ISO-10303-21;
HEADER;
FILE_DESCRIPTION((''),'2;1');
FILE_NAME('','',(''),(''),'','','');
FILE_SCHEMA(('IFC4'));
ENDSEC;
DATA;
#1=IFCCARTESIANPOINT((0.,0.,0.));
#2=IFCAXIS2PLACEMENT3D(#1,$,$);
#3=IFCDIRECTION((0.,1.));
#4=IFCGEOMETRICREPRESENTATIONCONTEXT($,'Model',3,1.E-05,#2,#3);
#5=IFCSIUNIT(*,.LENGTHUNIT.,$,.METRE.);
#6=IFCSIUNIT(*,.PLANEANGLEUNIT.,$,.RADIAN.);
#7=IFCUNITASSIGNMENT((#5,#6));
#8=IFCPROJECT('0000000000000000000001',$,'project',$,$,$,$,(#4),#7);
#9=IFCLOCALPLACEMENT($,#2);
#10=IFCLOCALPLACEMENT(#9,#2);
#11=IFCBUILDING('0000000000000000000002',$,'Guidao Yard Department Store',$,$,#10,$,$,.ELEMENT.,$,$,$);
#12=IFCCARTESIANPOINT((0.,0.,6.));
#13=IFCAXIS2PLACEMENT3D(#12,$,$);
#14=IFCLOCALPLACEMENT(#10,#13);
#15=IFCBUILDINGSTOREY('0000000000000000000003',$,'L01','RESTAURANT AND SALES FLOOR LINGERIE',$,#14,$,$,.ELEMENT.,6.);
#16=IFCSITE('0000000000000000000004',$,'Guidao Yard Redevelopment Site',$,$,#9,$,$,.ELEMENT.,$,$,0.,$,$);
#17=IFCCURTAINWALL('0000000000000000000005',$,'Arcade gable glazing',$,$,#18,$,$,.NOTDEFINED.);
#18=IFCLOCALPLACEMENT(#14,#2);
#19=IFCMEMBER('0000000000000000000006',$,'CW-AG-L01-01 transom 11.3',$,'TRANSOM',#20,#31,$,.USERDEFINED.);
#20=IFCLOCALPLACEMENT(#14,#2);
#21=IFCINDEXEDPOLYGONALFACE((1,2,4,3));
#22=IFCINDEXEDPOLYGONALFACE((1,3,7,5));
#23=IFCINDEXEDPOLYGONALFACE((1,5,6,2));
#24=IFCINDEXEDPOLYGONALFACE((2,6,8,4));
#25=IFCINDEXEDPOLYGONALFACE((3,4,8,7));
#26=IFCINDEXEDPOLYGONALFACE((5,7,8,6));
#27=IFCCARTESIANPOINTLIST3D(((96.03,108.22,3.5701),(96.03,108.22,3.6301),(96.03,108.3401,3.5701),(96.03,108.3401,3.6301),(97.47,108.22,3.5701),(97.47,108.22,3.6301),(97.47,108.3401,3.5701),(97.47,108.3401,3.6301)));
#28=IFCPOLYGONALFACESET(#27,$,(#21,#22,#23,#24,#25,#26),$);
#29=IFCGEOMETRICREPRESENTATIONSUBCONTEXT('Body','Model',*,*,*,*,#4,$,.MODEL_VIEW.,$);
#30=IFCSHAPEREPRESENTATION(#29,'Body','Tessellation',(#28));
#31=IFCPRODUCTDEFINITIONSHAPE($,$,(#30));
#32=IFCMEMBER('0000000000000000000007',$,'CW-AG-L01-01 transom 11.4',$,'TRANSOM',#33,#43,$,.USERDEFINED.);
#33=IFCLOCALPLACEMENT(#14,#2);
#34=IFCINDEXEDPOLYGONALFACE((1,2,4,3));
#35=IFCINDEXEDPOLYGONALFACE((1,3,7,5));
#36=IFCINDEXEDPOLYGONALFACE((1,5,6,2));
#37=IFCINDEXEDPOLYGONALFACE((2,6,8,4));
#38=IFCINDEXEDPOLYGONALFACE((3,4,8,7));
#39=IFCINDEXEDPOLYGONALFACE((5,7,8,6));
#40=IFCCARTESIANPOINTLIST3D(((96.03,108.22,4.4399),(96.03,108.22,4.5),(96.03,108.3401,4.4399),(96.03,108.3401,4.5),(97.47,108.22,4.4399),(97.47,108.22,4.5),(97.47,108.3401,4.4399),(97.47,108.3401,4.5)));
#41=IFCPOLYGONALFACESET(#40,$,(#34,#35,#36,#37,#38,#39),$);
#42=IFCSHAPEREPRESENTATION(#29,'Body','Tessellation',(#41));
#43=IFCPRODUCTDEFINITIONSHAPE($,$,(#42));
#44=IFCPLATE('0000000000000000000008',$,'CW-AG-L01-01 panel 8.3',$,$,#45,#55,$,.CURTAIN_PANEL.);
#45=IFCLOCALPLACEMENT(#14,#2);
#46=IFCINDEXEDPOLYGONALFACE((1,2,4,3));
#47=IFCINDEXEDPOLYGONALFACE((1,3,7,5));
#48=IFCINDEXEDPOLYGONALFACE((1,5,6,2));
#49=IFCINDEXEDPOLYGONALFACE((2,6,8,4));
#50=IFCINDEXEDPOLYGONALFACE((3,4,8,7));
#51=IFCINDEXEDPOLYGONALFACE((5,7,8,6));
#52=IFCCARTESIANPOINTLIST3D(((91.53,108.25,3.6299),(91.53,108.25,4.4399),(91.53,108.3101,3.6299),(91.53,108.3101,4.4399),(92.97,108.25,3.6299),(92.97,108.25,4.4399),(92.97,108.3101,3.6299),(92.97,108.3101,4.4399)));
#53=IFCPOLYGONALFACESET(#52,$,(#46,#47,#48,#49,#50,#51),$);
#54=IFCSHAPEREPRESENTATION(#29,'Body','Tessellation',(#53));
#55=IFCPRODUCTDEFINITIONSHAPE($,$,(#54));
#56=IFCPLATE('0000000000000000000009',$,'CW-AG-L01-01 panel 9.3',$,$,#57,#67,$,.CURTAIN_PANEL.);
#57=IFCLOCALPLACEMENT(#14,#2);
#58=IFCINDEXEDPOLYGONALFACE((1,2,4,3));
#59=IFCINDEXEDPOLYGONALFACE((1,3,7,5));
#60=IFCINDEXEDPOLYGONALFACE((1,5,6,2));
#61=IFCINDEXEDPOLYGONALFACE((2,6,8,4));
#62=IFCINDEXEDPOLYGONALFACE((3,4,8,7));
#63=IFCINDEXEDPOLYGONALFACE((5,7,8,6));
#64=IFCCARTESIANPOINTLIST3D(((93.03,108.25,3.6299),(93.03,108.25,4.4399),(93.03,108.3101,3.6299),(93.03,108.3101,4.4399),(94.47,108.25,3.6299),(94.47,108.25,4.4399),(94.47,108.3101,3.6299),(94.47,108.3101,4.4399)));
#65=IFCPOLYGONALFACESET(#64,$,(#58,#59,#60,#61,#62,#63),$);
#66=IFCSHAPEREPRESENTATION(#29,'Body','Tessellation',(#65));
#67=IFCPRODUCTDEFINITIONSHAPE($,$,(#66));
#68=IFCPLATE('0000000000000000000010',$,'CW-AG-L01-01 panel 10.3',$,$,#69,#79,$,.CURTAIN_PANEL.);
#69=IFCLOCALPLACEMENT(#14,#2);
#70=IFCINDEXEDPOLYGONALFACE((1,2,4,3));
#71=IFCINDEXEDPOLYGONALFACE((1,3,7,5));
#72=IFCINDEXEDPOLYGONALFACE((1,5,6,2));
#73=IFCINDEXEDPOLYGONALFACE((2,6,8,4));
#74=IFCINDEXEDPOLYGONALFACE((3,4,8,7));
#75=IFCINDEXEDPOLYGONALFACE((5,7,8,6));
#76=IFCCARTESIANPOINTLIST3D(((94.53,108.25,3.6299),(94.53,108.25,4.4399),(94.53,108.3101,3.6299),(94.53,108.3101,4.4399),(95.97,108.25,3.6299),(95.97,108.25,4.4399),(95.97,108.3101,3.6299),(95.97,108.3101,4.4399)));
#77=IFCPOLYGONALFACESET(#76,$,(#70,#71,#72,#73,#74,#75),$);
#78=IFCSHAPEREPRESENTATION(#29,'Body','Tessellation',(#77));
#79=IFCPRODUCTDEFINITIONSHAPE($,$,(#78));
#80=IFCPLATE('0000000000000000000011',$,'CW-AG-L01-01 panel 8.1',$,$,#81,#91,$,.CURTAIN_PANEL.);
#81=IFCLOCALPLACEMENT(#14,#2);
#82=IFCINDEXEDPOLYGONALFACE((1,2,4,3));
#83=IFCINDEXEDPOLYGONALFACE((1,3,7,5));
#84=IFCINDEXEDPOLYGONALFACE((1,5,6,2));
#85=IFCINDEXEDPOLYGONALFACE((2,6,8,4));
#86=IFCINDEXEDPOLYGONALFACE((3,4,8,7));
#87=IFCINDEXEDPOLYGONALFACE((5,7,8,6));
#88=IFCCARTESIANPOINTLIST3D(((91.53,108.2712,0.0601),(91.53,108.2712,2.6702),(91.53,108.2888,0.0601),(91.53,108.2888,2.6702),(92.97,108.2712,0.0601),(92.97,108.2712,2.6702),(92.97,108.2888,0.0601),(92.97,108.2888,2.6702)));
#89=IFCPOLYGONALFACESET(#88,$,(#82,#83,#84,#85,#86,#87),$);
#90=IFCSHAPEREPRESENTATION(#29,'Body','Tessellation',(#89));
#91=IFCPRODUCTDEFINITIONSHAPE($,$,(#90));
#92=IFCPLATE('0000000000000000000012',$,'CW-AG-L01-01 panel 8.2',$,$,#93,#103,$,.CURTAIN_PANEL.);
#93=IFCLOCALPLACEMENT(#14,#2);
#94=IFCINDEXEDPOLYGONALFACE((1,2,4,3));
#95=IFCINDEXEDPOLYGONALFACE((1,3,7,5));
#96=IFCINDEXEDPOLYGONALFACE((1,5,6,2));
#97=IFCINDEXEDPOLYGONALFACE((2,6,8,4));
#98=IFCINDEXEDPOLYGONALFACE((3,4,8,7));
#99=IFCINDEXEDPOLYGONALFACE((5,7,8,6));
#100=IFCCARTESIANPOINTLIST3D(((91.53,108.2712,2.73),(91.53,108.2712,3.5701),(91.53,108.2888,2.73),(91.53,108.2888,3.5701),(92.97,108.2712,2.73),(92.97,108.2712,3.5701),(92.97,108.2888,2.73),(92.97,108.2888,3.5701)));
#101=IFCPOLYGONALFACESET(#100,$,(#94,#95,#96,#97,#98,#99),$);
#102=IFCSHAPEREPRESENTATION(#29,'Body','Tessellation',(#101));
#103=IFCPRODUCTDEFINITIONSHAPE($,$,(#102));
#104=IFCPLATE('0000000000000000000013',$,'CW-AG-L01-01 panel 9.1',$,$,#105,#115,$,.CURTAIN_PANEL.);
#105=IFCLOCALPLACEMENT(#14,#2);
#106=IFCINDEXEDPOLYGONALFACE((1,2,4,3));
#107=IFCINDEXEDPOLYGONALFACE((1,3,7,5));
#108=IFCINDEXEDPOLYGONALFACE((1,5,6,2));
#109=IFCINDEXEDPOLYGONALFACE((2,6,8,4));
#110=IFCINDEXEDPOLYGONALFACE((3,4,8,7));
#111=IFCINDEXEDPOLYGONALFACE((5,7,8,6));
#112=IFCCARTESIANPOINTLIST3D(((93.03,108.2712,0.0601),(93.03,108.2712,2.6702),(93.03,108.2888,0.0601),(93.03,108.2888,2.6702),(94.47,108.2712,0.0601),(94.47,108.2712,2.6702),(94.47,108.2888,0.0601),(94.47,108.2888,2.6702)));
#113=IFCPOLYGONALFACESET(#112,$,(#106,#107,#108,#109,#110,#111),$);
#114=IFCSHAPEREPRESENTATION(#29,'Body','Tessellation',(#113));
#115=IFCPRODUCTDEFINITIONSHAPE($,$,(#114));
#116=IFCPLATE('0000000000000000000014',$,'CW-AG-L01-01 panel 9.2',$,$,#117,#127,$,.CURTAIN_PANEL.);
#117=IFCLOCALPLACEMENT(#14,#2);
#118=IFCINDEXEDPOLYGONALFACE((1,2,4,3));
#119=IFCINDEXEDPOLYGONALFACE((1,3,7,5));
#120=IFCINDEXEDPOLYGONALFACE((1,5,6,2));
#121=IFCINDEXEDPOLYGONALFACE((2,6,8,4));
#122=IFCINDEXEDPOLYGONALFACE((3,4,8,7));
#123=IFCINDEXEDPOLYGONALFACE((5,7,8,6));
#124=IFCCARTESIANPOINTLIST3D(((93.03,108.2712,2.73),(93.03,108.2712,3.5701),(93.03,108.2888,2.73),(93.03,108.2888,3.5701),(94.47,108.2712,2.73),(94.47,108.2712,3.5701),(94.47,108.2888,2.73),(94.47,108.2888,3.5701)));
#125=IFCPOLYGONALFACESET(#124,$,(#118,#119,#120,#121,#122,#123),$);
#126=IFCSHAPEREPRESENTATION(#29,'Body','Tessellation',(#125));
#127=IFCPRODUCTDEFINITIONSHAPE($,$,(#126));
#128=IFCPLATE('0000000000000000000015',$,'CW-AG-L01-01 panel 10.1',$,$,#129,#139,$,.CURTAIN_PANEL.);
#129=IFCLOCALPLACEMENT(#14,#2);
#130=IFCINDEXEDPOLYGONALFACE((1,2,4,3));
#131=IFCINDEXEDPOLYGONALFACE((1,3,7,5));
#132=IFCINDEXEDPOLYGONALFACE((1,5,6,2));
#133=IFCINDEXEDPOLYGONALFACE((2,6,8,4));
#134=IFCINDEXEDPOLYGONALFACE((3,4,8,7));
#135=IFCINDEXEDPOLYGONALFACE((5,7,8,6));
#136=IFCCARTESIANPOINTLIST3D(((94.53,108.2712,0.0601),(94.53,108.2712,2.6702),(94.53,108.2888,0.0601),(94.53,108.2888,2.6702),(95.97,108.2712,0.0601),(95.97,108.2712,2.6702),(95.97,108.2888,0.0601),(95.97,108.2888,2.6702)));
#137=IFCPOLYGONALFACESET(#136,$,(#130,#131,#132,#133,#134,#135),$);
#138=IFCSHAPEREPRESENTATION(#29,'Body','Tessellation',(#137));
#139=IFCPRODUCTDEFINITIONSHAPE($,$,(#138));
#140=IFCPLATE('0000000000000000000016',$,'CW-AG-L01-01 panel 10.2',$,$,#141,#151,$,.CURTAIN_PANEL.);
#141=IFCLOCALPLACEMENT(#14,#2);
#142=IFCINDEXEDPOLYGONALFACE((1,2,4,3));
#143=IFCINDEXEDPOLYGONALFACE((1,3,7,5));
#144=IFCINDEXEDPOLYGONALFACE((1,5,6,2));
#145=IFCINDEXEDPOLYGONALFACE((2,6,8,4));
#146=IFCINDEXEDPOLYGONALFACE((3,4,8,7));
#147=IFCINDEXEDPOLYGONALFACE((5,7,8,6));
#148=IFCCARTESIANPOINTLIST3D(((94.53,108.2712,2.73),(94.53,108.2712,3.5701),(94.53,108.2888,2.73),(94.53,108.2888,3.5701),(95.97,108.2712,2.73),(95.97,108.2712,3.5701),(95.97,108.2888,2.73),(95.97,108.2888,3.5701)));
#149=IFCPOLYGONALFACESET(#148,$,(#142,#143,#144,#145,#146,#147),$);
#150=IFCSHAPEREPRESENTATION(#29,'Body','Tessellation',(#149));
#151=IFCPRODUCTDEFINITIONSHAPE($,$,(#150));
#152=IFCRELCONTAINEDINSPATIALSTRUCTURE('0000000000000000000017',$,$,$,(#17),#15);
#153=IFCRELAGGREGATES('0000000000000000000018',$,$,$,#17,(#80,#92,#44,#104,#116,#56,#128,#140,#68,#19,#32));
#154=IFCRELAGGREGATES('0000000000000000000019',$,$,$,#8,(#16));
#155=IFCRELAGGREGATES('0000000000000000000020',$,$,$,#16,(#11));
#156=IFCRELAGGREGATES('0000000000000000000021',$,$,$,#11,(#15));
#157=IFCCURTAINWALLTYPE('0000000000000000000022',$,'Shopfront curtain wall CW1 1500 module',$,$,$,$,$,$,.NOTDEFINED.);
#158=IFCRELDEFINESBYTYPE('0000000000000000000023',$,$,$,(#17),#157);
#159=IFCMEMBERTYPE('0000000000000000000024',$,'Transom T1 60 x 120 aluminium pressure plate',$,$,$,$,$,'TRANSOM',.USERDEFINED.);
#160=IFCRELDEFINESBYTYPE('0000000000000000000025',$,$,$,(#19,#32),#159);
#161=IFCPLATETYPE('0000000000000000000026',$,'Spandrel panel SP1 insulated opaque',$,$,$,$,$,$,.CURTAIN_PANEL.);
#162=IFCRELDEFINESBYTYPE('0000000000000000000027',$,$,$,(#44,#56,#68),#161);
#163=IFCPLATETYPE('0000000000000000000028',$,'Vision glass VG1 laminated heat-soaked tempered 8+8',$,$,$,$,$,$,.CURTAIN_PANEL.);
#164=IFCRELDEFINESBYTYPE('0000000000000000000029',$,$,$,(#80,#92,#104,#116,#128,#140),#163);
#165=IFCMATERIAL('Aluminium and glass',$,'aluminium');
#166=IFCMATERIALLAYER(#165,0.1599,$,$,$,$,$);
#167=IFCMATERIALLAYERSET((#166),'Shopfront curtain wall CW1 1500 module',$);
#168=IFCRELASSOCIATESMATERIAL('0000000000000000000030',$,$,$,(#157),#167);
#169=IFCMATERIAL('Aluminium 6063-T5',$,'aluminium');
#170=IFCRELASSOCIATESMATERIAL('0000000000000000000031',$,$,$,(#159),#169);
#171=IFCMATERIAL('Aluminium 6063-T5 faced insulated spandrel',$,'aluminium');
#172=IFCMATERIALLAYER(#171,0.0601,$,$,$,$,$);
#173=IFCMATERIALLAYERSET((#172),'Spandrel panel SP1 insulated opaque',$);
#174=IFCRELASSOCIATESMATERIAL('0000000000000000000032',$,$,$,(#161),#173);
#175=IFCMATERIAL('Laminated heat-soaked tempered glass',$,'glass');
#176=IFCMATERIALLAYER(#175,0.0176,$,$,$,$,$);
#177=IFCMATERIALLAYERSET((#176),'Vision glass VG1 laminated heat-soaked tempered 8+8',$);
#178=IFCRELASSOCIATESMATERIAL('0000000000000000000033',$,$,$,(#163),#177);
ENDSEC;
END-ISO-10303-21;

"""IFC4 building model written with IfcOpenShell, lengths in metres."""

from ifc_helpers import new_model, si_unit, direction, frame, origin, origin_2d, place, context, subcontext, project, spatial, rectangle, extrude, material, layer, layer_set, material_profile, profile_set, type_object, element, aggregate, save


model = new_model("IFC4")

# Units and contexts
model_context = context("Model", 3, precision=1e-05, world=origin(), true_north=direction((0.0, 1.0)))
body_context = subcontext(model_context, "Body", "Model", "MODEL_VIEW")
ifc_project = project(units=[si_unit("LENGTHUNIT", "METRE"), si_unit("PLANEANGLEUNIT", "RADIAN")], contexts=[model_context])

# Site, building, storey
site_placement = place(None, origin())
site = spatial("IfcSite", under=ifc_project, at=site_placement, Name="Guidao Yard Redevelopment Site", CompositionType="ELEMENT", RefElevation=0.0)
building_placement = place(site_placement, origin())
building = spatial("IfcBuilding", under=site, at=building_placement, Name="Guidao Yard Department Store", CompositionType="ELEMENT")
storey_placement = place(building_placement, frame((0.0, 0.0, 6.0)))
storey = spatial("IfcBuildingStorey", under=building, at=storey_placement, Name="L01", Description="RESTAURANT AND SALES FLOOR LINGERIE", CompositionType="ELEMENT", Elevation=6.0)

# Curtain wall, members, plates
ifc_material_1 = material(Name="Aluminium and glass", Category="aluminium")
ifc_layer_1 = layer(ifc_material_1, 0.1599)
ifc_layer_set_1 = layer_set([ifc_layer_1], Name="Shopfront curtain wall CW1 1500 module")
curtain_wall_type = type_object("IfcCurtainWallType", Name="Shopfront curtain wall CW1 1500 module", PredefinedType="NOTDEFINED", material=ifc_layer_set_1)
curtain_wall_placement = place(storey_placement, origin())
curtain_wall = element("IfcCurtainWall", 1, at=curtain_wall_placement, inside=storey, type_object=curtain_wall_type, Name="Arcade gable glazing", PredefinedType="NOTDEFINED")
ifc_material_2 = material(Name="Aluminium 6063-T5", Category="aluminium")
ifc_material_profile_1 = material_profile(ifc_material_2, rectangle(XDim=0.1201, YDim=0.0601, at=origin_2d()), Name="Transom T1 60 x 120 aluminium pressure plate")
ifc_profile_set_1 = profile_set([ifc_material_profile_1], Name="Aluminium 6063-T5")
member_type_1 = type_object("IfcMemberType", Name="Transom T1 60 x 120 aluminium pressure plate", ElementType="TRANSOM", PredefinedType="USERDEFINED", material=ifc_profile_set_1)
member_1_placement = place(storey_placement, frame((96.03, 108.28, 3.6001), z_axis=(1.0, 0.0, 0.0), x_axis=(0.0, 1.0, 0.0)))
member_1 = element("IfcMember", 2, at=member_1_placement, type_object=member_type_1, Name="CW-AG-L01-01 transom 11.3", ObjectType="TRANSOM", PredefinedType="USERDEFINED", context=body_context, shape_type="SweptSolid", body=[
    extrude(rectangle(XDim=0.1201, YDim=0.0601, at=origin_2d()), origin(), (0.0, 0.0, 1.0), 1.4399),
])
member_2_placement = place(storey_placement, frame((96.03, 108.28, 4.47), z_axis=(1.0, 0.0, 0.0), x_axis=(0.0, 1.0, 0.0)))
member_2 = element("IfcMember", 3, at=member_2_placement, type_object=member_type_1, Name="CW-AG-L01-01 transom 11.4", ObjectType="TRANSOM", PredefinedType="USERDEFINED", context=body_context, shape_type="SweptSolid", body=[
    extrude(rectangle(XDim=0.1201, YDim=0.0601, at=origin_2d()), origin(), (0.0, 0.0, 1.0), 1.4399),
])
ifc_material_3 = material(Name="Aluminium 6063-T5 faced insulated spandrel", Category="aluminium")
ifc_layer_2 = layer(ifc_material_3, 0.0601)
ifc_layer_set_2 = layer_set([ifc_layer_2], Name="Spandrel panel SP1 insulated opaque")
plate_type_1 = type_object("IfcPlateType", Name="Spandrel panel SP1 insulated opaque", PredefinedType="CURTAIN_PANEL", material=ifc_layer_set_2)
plate_1_placement = place(storey_placement, frame((92.25, 108.28, 3.6299), z_axis=(0.0, 0.0, 1.0), x_axis=(1.0, 0.0, 0.0)))
plate_1 = element("IfcPlate", 4, at=plate_1_placement, type_object=plate_type_1, Name="CW-AG-L01-01 panel 8.3", PredefinedType="CURTAIN_PANEL", context=body_context, shape_type="SweptSolid", body=[
    extrude(rectangle(XDim=1.4399, YDim=0.0601, at=origin_2d()), origin(), (0.0, 0.0, 1.0), 0.8101),
])
plate_2_placement = place(storey_placement, frame((93.75, 108.28, 3.6299), z_axis=(0.0, 0.0, 1.0), x_axis=(1.0, 0.0, 0.0)))
plate_2 = element("IfcPlate", 5, at=plate_2_placement, type_object=plate_type_1, Name="CW-AG-L01-01 panel 9.3", PredefinedType="CURTAIN_PANEL", context=body_context, shape_type="SweptSolid", body=[
    extrude(rectangle(XDim=1.4399, YDim=0.0601, at=origin_2d()), origin(), (0.0, 0.0, 1.0), 0.8101),
])
plate_3_placement = place(storey_placement, frame((95.25, 108.28, 3.6299), z_axis=(0.0, 0.0, 1.0), x_axis=(1.0, 0.0, 0.0)))
plate_3 = element("IfcPlate", 6, at=plate_3_placement, type_object=plate_type_1, Name="CW-AG-L01-01 panel 10.3", PredefinedType="CURTAIN_PANEL", context=body_context, shape_type="SweptSolid", body=[
    extrude(rectangle(XDim=1.4399, YDim=0.0601, at=origin_2d()), origin(), (0.0, 0.0, 1.0), 0.8101),
])
ifc_material_4 = material(Name="Laminated heat-soaked tempered glass", Category="glass")
ifc_layer_3 = layer(ifc_material_4, 0.0176)
ifc_layer_set_3 = layer_set([ifc_layer_3], Name="Vision glass VG1 laminated heat-soaked tempered 8+8")
plate_type_2 = type_object("IfcPlateType", Name="Vision glass VG1 laminated heat-soaked tempered 8+8", PredefinedType="CURTAIN_PANEL", material=ifc_layer_set_3)
plate_4_placement = place(storey_placement, frame((92.25, 108.28, 0.0601), z_axis=(0.0, 0.0, 1.0), x_axis=(1.0, 0.0, 0.0)))
plate_4 = element("IfcPlate", 7, at=plate_4_placement, type_object=plate_type_2, Name="CW-AG-L01-01 panel 8.1", PredefinedType="CURTAIN_PANEL", context=body_context, shape_type="SweptSolid", body=[
    extrude(rectangle(XDim=1.4399, YDim=0.0176, at=origin_2d()), origin(), (0.0, 0.0, 1.0), 2.6101),
])
plate_5_placement = place(storey_placement, frame((92.25, 108.28, 2.73), z_axis=(0.0, 0.0, 1.0), x_axis=(1.0, 0.0, 0.0)))
plate_5 = element("IfcPlate", 8, at=plate_5_placement, type_object=plate_type_2, Name="CW-AG-L01-01 panel 8.2", PredefinedType="CURTAIN_PANEL", context=body_context, shape_type="SweptSolid", body=[
    extrude(rectangle(XDim=1.4399, YDim=0.0176, at=origin_2d()), origin(), (0.0, 0.0, 1.0), 0.8401),
])
plate_6_placement = place(storey_placement, frame((93.75, 108.28, 0.0601), z_axis=(0.0, 0.0, 1.0), x_axis=(1.0, 0.0, 0.0)))
plate_6 = element("IfcPlate", 9, at=plate_6_placement, type_object=plate_type_2, Name="CW-AG-L01-01 panel 9.1", PredefinedType="CURTAIN_PANEL", context=body_context, shape_type="SweptSolid", body=[
    extrude(rectangle(XDim=1.4399, YDim=0.0176, at=origin_2d()), origin(), (0.0, 0.0, 1.0), 2.6101),
])
plate_7_placement = place(storey_placement, frame((93.75, 108.28, 2.73), z_axis=(0.0, 0.0, 1.0), x_axis=(1.0, 0.0, 0.0)))
plate_7 = element("IfcPlate", 10, at=plate_7_placement, type_object=plate_type_2, Name="CW-AG-L01-01 panel 9.2", PredefinedType="CURTAIN_PANEL", context=body_context, shape_type="SweptSolid", body=[
    extrude(rectangle(XDim=1.4399, YDim=0.0176, at=origin_2d()), origin(), (0.0, 0.0, 1.0), 0.8401),
])
plate_8_placement = place(storey_placement, frame((95.25, 108.28, 0.0601), z_axis=(0.0, 0.0, 1.0), x_axis=(1.0, 0.0, 0.0)))
plate_8 = element("IfcPlate", 11, at=plate_8_placement, type_object=plate_type_2, Name="CW-AG-L01-01 panel 10.1", PredefinedType="CURTAIN_PANEL", context=body_context, shape_type="SweptSolid", body=[
    extrude(rectangle(XDim=1.4399, YDim=0.0176, at=origin_2d()), origin(), (0.0, 0.0, 1.0), 2.6101),
])
plate_9_placement = place(storey_placement, frame((95.25, 108.28, 2.73), z_axis=(0.0, 0.0, 1.0), x_axis=(1.0, 0.0, 0.0)))
plate_9 = element("IfcPlate", 12, at=plate_9_placement, type_object=plate_type_2, Name="CW-AG-L01-01 panel 10.2", PredefinedType="CURTAIN_PANEL", context=body_context, shape_type="SweptSolid", body=[
    extrude(rectangle(XDim=1.4399, YDim=0.0176, at=origin_2d()), origin(), (0.0, 0.0, 1.0), 0.8401),
])
aggregate(curtain_wall, [plate_4, plate_5, plate_1, plate_6, plate_7, plate_2, plate_8, plate_9, plate_3, member_1, member_2])

save(model, "model.ifc")
